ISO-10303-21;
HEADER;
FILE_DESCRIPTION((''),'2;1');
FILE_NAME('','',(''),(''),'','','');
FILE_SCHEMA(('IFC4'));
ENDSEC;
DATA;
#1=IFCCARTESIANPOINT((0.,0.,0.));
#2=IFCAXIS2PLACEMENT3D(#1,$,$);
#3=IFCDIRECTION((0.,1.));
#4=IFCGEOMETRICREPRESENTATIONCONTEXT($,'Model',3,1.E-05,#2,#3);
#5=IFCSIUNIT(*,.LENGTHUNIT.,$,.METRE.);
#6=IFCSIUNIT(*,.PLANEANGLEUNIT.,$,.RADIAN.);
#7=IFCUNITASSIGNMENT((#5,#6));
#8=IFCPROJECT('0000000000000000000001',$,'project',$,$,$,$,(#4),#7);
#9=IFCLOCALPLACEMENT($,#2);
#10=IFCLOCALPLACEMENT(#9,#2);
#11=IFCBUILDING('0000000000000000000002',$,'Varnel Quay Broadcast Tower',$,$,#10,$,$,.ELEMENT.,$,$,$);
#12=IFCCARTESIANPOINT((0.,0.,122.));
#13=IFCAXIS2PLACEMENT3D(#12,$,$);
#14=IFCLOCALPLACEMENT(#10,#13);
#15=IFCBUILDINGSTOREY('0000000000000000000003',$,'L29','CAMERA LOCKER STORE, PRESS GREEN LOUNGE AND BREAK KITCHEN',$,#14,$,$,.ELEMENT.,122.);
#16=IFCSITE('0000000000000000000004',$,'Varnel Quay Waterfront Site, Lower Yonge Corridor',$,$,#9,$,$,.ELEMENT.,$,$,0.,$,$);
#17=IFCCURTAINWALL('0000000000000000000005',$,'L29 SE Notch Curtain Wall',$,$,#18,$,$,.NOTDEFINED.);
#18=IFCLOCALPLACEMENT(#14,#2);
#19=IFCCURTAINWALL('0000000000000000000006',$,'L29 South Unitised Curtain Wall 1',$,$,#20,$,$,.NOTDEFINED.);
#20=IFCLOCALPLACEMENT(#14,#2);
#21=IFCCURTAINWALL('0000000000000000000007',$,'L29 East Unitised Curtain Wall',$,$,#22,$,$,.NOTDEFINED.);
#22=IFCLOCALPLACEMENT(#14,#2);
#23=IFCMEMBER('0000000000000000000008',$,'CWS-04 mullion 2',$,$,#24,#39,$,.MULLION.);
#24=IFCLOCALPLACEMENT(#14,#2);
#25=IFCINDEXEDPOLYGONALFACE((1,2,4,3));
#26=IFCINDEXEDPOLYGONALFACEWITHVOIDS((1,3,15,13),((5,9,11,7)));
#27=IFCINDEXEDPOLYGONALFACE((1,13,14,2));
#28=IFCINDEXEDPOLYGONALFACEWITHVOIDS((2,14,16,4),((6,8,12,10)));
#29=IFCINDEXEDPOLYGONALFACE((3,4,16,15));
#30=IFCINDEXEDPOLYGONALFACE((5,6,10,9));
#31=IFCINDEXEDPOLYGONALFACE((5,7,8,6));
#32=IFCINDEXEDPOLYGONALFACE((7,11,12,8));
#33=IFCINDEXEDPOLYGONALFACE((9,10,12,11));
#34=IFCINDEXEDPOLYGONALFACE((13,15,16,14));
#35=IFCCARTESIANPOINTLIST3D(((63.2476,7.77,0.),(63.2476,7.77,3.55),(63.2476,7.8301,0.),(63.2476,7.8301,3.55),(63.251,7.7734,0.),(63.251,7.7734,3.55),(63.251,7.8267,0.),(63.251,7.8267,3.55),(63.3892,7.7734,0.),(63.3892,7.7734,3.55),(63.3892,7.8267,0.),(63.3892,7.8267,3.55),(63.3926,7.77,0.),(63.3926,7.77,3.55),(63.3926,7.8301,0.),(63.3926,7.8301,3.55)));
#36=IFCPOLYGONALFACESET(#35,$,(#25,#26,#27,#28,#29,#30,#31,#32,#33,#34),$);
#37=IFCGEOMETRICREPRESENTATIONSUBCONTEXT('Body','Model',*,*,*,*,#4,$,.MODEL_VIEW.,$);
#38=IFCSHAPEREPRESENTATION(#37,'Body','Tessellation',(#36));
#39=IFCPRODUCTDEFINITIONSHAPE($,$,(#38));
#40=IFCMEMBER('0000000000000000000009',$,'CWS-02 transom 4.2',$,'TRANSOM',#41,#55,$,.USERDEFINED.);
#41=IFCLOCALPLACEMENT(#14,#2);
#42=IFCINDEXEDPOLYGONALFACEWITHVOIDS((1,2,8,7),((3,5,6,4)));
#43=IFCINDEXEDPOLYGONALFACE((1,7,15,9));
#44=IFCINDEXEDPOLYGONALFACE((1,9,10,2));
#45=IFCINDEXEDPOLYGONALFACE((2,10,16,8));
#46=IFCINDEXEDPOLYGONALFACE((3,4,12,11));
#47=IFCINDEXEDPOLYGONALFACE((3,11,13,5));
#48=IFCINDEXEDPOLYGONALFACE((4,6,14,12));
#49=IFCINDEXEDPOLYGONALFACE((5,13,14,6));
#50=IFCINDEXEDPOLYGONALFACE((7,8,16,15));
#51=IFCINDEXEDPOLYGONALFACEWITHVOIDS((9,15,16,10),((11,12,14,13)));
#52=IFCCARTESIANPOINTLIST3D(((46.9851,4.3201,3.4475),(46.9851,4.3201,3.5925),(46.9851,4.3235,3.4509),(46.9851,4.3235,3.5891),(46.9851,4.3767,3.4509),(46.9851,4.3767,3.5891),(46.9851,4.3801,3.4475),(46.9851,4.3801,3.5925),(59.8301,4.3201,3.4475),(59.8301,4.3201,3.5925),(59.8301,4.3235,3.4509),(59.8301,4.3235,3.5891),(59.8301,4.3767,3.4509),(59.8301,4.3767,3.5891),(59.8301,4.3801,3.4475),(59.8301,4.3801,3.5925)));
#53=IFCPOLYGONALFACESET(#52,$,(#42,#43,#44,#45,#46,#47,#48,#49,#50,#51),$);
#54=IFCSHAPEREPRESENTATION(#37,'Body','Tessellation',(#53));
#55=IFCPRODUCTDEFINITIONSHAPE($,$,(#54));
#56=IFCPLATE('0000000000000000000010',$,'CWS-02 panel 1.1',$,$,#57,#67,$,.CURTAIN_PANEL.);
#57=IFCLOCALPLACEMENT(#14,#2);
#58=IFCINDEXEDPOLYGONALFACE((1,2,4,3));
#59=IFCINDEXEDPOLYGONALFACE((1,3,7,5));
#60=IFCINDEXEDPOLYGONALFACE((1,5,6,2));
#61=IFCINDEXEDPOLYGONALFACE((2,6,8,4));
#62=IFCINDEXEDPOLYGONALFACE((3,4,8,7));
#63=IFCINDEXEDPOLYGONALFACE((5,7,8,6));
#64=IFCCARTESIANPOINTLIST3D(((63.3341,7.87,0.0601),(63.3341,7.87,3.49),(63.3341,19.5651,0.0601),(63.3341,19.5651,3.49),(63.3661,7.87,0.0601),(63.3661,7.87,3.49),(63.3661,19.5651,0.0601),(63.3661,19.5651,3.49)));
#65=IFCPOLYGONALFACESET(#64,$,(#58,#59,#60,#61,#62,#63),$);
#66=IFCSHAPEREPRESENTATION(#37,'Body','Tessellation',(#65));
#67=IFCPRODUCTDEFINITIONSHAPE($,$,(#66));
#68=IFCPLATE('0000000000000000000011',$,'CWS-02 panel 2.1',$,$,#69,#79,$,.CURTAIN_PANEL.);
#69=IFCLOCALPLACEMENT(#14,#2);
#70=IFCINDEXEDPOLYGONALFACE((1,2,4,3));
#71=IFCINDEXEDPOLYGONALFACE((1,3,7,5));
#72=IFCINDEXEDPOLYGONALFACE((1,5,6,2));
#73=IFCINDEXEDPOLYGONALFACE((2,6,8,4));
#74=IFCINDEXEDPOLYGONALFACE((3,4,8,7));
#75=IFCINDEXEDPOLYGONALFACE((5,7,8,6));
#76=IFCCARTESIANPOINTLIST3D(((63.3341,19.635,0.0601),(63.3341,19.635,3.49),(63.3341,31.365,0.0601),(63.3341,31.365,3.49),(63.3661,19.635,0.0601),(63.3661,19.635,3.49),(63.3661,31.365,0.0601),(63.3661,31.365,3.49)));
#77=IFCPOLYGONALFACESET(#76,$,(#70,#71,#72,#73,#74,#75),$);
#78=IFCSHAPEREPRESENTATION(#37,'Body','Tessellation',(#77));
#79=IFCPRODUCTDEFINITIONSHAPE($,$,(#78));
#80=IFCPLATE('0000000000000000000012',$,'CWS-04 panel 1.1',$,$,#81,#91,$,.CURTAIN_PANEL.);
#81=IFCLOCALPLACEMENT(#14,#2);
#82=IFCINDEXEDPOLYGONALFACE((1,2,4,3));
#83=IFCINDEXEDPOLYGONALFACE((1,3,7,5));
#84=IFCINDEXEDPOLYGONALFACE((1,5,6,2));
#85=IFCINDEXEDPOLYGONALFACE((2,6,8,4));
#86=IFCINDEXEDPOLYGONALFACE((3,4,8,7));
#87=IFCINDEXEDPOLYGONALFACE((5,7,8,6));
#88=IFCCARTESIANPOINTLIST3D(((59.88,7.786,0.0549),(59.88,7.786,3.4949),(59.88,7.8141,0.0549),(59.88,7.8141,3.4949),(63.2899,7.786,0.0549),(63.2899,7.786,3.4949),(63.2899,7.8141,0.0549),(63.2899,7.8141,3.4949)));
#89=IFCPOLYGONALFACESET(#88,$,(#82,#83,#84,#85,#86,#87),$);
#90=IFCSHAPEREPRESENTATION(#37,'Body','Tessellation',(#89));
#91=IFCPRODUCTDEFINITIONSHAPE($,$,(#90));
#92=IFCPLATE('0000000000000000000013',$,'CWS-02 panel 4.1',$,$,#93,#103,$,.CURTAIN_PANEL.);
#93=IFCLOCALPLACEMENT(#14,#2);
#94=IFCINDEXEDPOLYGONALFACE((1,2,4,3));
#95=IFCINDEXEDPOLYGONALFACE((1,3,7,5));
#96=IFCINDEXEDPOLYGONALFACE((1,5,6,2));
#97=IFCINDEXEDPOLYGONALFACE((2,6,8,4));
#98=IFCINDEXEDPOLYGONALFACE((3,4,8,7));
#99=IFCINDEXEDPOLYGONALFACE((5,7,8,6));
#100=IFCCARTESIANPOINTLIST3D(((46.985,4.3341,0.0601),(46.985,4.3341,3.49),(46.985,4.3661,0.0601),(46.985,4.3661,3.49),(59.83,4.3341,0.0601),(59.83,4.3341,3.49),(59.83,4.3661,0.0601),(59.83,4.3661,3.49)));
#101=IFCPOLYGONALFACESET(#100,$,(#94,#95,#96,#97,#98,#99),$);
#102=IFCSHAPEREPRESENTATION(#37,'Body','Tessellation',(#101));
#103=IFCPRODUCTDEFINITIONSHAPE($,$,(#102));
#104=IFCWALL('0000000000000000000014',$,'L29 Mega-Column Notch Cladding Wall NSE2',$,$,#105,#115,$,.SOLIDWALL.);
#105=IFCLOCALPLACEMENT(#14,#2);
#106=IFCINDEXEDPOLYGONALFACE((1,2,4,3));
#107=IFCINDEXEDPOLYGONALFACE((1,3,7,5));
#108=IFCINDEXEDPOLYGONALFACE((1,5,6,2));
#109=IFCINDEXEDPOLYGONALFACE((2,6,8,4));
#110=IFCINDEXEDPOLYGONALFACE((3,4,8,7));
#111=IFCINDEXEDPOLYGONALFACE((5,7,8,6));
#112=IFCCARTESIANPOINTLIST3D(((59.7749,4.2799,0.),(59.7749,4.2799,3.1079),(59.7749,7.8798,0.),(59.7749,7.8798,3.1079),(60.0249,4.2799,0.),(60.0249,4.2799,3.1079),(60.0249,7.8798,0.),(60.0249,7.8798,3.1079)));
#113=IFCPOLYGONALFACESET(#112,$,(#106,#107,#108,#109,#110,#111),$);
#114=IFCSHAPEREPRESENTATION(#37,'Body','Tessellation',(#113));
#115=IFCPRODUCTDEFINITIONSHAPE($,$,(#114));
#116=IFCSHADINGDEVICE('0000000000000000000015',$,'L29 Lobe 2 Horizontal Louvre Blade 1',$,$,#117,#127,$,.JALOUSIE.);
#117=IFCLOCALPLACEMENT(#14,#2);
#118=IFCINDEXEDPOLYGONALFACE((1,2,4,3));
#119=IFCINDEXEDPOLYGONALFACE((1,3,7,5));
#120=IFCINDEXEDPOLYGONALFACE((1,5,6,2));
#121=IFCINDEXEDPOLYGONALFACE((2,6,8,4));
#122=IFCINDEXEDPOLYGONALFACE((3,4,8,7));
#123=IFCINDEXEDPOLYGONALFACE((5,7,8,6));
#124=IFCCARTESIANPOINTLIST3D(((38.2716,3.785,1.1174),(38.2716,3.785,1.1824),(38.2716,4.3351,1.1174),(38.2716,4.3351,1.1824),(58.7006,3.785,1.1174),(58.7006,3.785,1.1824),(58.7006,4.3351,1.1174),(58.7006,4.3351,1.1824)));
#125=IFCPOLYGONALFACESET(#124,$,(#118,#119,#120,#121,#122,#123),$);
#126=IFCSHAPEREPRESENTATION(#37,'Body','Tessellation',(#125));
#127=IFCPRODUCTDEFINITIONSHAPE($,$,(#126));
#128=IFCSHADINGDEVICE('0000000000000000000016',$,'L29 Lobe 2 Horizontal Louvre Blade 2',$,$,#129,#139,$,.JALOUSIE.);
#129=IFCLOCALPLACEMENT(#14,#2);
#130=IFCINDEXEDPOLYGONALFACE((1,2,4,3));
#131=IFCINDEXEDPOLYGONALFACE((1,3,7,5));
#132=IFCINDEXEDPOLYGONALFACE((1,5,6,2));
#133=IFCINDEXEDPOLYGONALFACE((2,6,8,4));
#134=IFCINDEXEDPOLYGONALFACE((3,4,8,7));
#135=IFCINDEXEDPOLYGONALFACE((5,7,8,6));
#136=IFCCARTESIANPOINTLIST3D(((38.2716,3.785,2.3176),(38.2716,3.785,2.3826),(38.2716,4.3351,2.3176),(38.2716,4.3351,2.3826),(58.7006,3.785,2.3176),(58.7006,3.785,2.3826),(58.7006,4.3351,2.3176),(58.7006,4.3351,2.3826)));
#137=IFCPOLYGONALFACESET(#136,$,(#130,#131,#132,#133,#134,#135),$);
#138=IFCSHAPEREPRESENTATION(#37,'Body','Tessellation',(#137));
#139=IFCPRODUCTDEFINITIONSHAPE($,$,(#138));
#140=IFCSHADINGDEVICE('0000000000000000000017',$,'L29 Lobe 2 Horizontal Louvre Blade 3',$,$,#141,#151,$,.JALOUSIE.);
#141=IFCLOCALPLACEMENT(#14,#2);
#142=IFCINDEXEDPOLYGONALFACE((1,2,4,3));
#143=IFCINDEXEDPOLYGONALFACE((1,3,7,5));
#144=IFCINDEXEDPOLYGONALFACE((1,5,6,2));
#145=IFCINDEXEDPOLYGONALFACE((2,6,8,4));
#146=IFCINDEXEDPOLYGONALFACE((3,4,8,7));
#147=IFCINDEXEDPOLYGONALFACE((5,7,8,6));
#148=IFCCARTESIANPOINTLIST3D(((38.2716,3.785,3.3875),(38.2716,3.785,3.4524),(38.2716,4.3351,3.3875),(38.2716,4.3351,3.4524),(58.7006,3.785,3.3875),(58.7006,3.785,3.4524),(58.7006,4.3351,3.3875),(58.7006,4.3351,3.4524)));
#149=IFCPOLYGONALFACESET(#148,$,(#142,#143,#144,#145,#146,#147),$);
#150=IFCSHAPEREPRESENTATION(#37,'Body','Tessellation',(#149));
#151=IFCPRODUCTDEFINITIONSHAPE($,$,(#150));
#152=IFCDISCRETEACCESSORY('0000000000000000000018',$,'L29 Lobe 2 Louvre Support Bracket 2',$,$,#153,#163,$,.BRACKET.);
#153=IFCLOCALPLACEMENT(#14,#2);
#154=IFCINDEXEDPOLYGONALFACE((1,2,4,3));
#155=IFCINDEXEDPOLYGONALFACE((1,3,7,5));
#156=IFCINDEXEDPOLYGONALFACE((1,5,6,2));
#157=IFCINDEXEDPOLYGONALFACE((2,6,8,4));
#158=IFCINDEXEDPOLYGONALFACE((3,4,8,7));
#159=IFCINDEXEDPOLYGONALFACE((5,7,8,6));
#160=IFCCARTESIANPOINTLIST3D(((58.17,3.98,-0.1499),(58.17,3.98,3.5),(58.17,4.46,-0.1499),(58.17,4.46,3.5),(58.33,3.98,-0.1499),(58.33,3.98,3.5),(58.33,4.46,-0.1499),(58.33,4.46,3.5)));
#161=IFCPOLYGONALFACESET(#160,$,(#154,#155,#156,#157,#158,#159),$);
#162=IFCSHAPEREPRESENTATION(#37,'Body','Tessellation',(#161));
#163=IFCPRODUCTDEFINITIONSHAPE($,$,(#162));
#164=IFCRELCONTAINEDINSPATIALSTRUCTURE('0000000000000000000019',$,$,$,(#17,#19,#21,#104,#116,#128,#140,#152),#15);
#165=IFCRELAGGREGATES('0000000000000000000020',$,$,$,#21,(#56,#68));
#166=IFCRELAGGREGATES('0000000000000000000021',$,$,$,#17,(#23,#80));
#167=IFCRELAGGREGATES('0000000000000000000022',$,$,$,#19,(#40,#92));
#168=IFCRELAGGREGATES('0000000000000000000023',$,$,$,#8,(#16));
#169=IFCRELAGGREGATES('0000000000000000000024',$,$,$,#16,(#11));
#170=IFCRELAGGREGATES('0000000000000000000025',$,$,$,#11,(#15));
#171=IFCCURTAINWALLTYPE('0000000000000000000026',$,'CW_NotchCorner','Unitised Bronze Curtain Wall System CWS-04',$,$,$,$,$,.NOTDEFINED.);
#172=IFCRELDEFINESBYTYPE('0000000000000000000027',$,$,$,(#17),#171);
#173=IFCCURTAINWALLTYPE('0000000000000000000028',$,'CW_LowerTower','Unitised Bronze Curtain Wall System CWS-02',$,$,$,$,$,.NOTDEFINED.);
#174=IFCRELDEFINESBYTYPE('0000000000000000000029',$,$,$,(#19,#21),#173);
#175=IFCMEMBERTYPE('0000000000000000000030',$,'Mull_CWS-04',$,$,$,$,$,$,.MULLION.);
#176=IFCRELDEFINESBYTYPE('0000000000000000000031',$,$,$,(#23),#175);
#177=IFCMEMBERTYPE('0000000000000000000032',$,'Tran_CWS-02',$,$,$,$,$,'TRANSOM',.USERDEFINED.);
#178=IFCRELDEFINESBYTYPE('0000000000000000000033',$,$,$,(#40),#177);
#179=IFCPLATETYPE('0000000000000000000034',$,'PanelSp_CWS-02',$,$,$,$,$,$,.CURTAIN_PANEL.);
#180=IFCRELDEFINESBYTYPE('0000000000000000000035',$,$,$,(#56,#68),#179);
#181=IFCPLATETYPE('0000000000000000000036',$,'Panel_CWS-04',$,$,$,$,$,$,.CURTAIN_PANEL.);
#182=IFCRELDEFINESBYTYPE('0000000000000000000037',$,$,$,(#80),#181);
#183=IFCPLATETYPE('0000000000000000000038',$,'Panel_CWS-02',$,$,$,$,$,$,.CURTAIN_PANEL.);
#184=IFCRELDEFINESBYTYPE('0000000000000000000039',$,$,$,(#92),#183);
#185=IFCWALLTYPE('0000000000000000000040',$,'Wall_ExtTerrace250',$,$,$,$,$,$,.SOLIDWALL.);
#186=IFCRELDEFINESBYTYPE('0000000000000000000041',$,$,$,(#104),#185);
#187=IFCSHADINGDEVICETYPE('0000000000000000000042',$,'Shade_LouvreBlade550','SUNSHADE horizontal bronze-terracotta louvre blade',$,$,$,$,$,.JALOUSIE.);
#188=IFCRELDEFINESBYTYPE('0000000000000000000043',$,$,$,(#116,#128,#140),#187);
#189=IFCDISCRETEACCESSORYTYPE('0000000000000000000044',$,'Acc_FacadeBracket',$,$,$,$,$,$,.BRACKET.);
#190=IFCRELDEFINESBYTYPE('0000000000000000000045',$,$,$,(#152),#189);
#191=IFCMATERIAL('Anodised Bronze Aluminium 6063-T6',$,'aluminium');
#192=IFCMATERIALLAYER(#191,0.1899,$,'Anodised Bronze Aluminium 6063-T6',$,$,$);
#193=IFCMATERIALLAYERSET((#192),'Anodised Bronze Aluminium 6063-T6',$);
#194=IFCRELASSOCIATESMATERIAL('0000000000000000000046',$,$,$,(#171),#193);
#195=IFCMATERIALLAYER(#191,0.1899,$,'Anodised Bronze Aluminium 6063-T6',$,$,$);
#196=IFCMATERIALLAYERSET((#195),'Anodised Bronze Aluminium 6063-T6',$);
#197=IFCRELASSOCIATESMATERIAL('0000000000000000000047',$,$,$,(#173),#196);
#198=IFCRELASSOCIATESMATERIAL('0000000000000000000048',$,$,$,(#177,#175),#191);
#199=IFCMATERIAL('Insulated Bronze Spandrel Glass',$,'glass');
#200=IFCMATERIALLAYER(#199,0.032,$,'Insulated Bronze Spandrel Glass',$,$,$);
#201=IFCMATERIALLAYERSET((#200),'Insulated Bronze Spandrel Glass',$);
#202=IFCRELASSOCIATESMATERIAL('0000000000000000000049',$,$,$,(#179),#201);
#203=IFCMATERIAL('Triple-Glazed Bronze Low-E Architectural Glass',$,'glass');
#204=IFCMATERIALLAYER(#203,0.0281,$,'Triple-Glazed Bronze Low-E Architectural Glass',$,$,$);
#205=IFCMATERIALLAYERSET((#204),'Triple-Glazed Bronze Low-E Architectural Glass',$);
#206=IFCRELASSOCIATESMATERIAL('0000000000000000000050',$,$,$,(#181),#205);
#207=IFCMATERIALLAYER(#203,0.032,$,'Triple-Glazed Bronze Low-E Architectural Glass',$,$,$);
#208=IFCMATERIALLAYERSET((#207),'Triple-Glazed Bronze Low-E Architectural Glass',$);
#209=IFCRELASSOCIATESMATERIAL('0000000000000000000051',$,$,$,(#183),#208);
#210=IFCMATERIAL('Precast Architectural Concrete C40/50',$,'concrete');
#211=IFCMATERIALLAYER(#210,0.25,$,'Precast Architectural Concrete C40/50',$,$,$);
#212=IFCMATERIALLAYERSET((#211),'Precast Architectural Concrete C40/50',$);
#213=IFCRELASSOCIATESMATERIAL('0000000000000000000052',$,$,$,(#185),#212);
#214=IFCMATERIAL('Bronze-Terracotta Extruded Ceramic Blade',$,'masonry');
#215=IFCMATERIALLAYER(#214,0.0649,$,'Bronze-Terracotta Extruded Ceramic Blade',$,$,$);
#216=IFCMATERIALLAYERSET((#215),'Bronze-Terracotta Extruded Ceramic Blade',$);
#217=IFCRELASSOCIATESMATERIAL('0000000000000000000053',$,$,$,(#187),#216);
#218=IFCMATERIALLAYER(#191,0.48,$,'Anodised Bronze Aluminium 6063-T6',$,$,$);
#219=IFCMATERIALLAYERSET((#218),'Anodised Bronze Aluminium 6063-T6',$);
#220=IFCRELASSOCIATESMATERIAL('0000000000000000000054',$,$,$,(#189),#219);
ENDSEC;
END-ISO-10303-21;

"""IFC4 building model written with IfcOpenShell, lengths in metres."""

from ifc_helpers import new_model, si_unit, direction, frame, frame_2d, origin, origin_2d, place, context, subcontext, project, spatial, rectangle, hollow_rectangle, extrude, source, transform, mapped, material, layer, layer_set, material_profile, profile_set, type_object, type_shapes, element, aggregate, save


model = new_model("IFC4")

# Units and contexts
model_context = context("Model", 3, precision=1e-05, world=origin(), true_north=direction((0.0, 1.0)))
body_context = subcontext(model_context, "Body", "Model", "MODEL_VIEW")
ifc_project = project(units=[si_unit("LENGTHUNIT", "METRE"), si_unit("PLANEANGLEUNIT", "RADIAN")], contexts=[model_context])

# Site, building, storey
site_placement = place(None, origin())
site = spatial("IfcSite", under=ifc_project, at=site_placement, Name="Varnel Quay Waterfront Site, Lower Yonge Corridor", CompositionType="ELEMENT", RefElevation=0.0)
building_placement = place(site_placement, origin())
building = spatial("IfcBuilding", under=site, at=building_placement, Name="Varnel Quay Broadcast Tower", CompositionType="ELEMENT")
storey_placement = place(building_placement, frame((0.0, 0.0, 122.0)))
storey = spatial("IfcBuildingStorey", under=building, at=storey_placement, Name="L29", Description="CAMERA LOCKER STORE, PRESS GREEN LOUNGE AND BREAK KITCHEN", CompositionType="ELEMENT", Elevation=122.0)

# Curtain wall
ifc_material_1 = material(Name="Anodised Bronze Aluminium 6063-T6", Category="aluminium")
ifc_layer_1 = layer(ifc_material_1, 0.1899, Name="Anodised Bronze Aluminium 6063-T6")
ifc_layer_set_1 = layer_set([ifc_layer_1], Name="Anodised Bronze Aluminium 6063-T6")
curtain_wall_type_1 = type_object("IfcCurtainWallType", Name="CW_NotchCorner", Description="Unitised Bronze Curtain Wall System CWS-04", PredefinedType="NOTDEFINED", material=ifc_layer_set_1)
curtain_wall_1_placement = place(storey_placement, origin())
curtain_wall_1 = element("IfcCurtainWall", 1, at=curtain_wall_1_placement, inside=storey, type_object=curtain_wall_type_1, Name="L29 SE Notch Curtain Wall", PredefinedType="NOTDEFINED")

# Curtain wall
ifc_layer_2 = layer(ifc_material_1, 0.1899, Name="Anodised Bronze Aluminium 6063-T6")
ifc_layer_set_2 = layer_set([ifc_layer_2], Name="Anodised Bronze Aluminium 6063-T6")
curtain_wall_type_2 = type_object("IfcCurtainWallType", Name="CW_LowerTower", Description="Unitised Bronze Curtain Wall System CWS-02", PredefinedType="NOTDEFINED", material=ifc_layer_set_2)
curtain_wall_2_placement = place(storey_placement, origin())
curtain_wall_2 = element("IfcCurtainWall", 2, at=curtain_wall_2_placement, inside=storey, type_object=curtain_wall_type_2, Name="L29 South Unitised Curtain Wall 1", PredefinedType="NOTDEFINED")

# Curtain wall
curtain_wall_3_placement = place(storey_placement, origin())
curtain_wall_3 = element("IfcCurtainWall", 3, at=curtain_wall_3_placement, inside=storey, type_object=curtain_wall_type_2, Name="L29 East Unitised Curtain Wall", PredefinedType="NOTDEFINED")
ifc_material_profile_1 = material_profile(ifc_material_1, hollow_rectangle(XDim=0.0601, YDim=0.145, WallThickness=0.0034, at=origin_2d()), Name="ALU60X145X3.5")
ifc_profile_set_1 = profile_set([ifc_material_profile_1], Name="Anodised Bronze Aluminium 6063-T6")
member_type_1 = type_object("IfcMemberType", Name="Tran_CWS-02", ElementType="TRANSOM", PredefinedType="USERDEFINED", material=ifc_profile_set_1)

# Members
ifc_material_profile_2 = material_profile(ifc_material_1, hollow_rectangle(XDim=0.0601, YDim=0.145, WallThickness=0.0034, at=origin_2d()), Name="ALU60X145X3.5")
ifc_profile_set_2 = profile_set([ifc_material_profile_2], Name="Anodised Bronze Aluminium 6063-T6")
member_type_2 = type_object("IfcMemberType", Name="Mull_CWS-04", PredefinedType="MULLION", material=ifc_profile_set_2)
shared_shape_1 = source(origin(), body_context, "Body", "SweptSolid", [
    extrude(hollow_rectangle(XDim=0.0601, YDim=0.145, WallThickness=0.0034, at=origin_2d()), origin(), (0.0, 0.0, 1.0), 3.55),
])
type_shapes(member_type_2, [shared_shape_1])
member_1_placement = place(storey_placement, frame((63.3201, 7.8, 0.0), z_axis=(0.0, 0.0, 1.0), x_axis=(0.0, 1.0, 0.0)))
member_1 = element("IfcMember", 4, at=member_1_placement, type_object=member_type_2, Name="CWS-04 mullion 2", PredefinedType="MULLION", context=body_context, shape_type="MappedRepresentation", body=[
    mapped(shared_shape_1, transform((0.0, 0.0, 0.0), x_axis=(1.0, 0.0, 0.0), y_axis=(0.0, 1.0, 0.0), z_axis=(0.0, 0.0, 1.0), scale=1.0)),
])
shared_shape_2 = source(origin(), body_context, "Body", "SweptSolid", [
    extrude(hollow_rectangle(XDim=0.0601, YDim=0.145, WallThickness=0.0034, at=origin_2d()), origin(), (0.0, 0.0, 1.0), 12.845),
])
member_2_placement = place(storey_placement, frame((46.9851, 4.3501, 3.52), z_axis=(1.0, 0.0, 0.0), x_axis=(0.0, 1.0, 0.0)))
member_2 = element("IfcMember", 5, at=member_2_placement, type_object=member_type_1, Name="CWS-02 transom 4.2", ObjectType="TRANSOM", PredefinedType="USERDEFINED", context=body_context, shape_type="MappedRepresentation", body=[
    mapped(shared_shape_2, transform((0.0, 0.0, 0.0), x_axis=(1.0, 0.0, 0.0), y_axis=(0.0, 1.0, 0.0), z_axis=(0.0, 0.0, 1.0), scale=1.0)),
])

# Plates
ifc_material_2 = material(Name="Insulated Bronze Spandrel Glass", Category="glass")
ifc_layer_3 = layer(ifc_material_2, 0.032, Name="Insulated Bronze Spandrel Glass")
ifc_layer_set_3 = layer_set([ifc_layer_3], Name="Insulated Bronze Spandrel Glass")
plate_type_1 = type_object("IfcPlateType", Name="PanelSp_CWS-02", PredefinedType="CURTAIN_PANEL", material=ifc_layer_set_3)
shared_shape_3 = source(origin(), body_context, "Body", "SweptSolid", [
    extrude(rectangle(XDim=11.6951, YDim=0.032, at=origin_2d()), origin(), (0.0, 0.0, 1.0), 3.4299),
])
plate_1_placement = place(storey_placement, frame((63.3501, 13.7175, 0.0601), z_axis=(0.0, 0.0, 1.0), x_axis=(0.0, 1.0, 0.0)))
plate_1 = element("IfcPlate", 6, at=plate_1_placement, type_object=plate_type_1, Name="CWS-02 panel 1.1", PredefinedType="CURTAIN_PANEL", context=body_context, shape_type="MappedRepresentation", body=[
    mapped(shared_shape_3, transform((0.0, 0.0, 0.0), x_axis=(1.0, 0.0, 0.0), y_axis=(0.0, 1.0, 0.0), z_axis=(0.0, 0.0, 1.0), scale=1.0)),
])
shared_shape_4 = source(origin(), body_context, "Body", "SweptSolid", [
    extrude(rectangle(XDim=11.73, YDim=0.032, at=origin_2d()), origin(), (0.0, 0.0, 1.0), 3.4299),
])
type_shapes(plate_type_1, [shared_shape_3, shared_shape_4])
plate_2_placement = place(storey_placement, frame((63.3501, 25.5, 0.0601), z_axis=(0.0, 0.0, 1.0), x_axis=(0.0, 1.0, 0.0)))
plate_2 = element("IfcPlate", 7, at=plate_2_placement, type_object=plate_type_1, Name="CWS-02 panel 2.1", PredefinedType="CURTAIN_PANEL", context=body_context, shape_type="MappedRepresentation", body=[
    mapped(shared_shape_4, transform((0.0, 0.0, 0.0), x_axis=(1.0, 0.0, 0.0), y_axis=(0.0, 1.0, 0.0), z_axis=(0.0, 0.0, 1.0), scale=1.0)),
])
aggregate(curtain_wall_3, [plate_1, plate_2])
ifc_material_3 = material(Name="Triple-Glazed Bronze Low-E Architectural Glass", Category="glass")
ifc_layer_4 = layer(ifc_material_3, 0.0281, Name="Triple-Glazed Bronze Low-E Architectural Glass")
ifc_layer_set_4 = layer_set([ifc_layer_4], Name="Triple-Glazed Bronze Low-E Architectural Glass")
plate_type_2 = type_object("IfcPlateType", Name="Panel_CWS-04", PredefinedType="CURTAIN_PANEL", material=ifc_layer_set_4)
shared_shape_5 = source(origin(), body_context, "Body", "SweptSolid", [
    extrude(rectangle(XDim=3.4099, YDim=0.0281, at=origin_2d()), origin(), (0.0, 0.0, 1.0), 3.4399),
])
type_shapes(plate_type_2, [shared_shape_5])
plate_3_placement = place(storey_placement, frame((61.585, 7.8, 0.0549), z_axis=(0.0, 0.0, 1.0), x_axis=(1.0, 0.0, 0.0)))
plate_3 = element("IfcPlate", 8, at=plate_3_placement, type_object=plate_type_2, Name="CWS-04 panel 1.1", PredefinedType="CURTAIN_PANEL", context=body_context, shape_type="MappedRepresentation", body=[
    mapped(shared_shape_5, transform((0.0, 0.0, 0.0), x_axis=(1.0, 0.0, 0.0), y_axis=(0.0, 1.0, 0.0), z_axis=(0.0, 0.0, 1.0), scale=1.0)),
])
aggregate(curtain_wall_1, [member_1, plate_3])
ifc_layer_5 = layer(ifc_material_3, 0.032, Name="Triple-Glazed Bronze Low-E Architectural Glass")
ifc_layer_set_5 = layer_set([ifc_layer_5], Name="Triple-Glazed Bronze Low-E Architectural Glass")
plate_type_3 = type_object("IfcPlateType", Name="Panel_CWS-02", PredefinedType="CURTAIN_PANEL", material=ifc_layer_set_5)
shared_shape_6 = source(origin(), body_context, "Body", "SweptSolid", [
    extrude(rectangle(XDim=12.845, YDim=0.032, at=origin_2d()), origin(), (0.0, 0.0, 1.0), 3.4299),
])
type_shapes(plate_type_3, [shared_shape_6])
plate_4_placement = place(storey_placement, frame((53.4075, 4.3501, 0.0601), z_axis=(0.0, 0.0, 1.0), x_axis=(1.0, 0.0, 0.0)))
plate_4 = element("IfcPlate", 9, at=plate_4_placement, type_object=plate_type_3, Name="CWS-02 panel 4.1", PredefinedType="CURTAIN_PANEL", context=body_context, shape_type="MappedRepresentation", body=[
    mapped(shared_shape_6, transform((0.0, 0.0, 0.0), x_axis=(1.0, 0.0, 0.0), y_axis=(0.0, 1.0, 0.0), z_axis=(0.0, 0.0, 1.0), scale=1.0)),
])
aggregate(curtain_wall_2, [member_2, plate_4])

# Wall
ifc_material_4 = material(Name="Precast Architectural Concrete C40/50", Category="concrete")
ifc_layer_6 = layer(ifc_material_4, 0.25, Name="Precast Architectural Concrete C40/50")
ifc_layer_set_6 = layer_set([ifc_layer_6], Name="Precast Architectural Concrete C40/50")
wall_type = type_object("IfcWallType", Name="Wall_ExtTerrace250", PredefinedType="SOLIDWALL", material=ifc_layer_set_6)
wall_placement = place(storey_placement, frame((59.8999, 4.28, 0.0), z_axis=(0.0, 0.0, 1.0), x_axis=(0.0, 1.0, 0.0)))
element("IfcWall", 10, at=wall_placement, inside=storey, type_object=wall_type, Name="L29 Mega-Column Notch Cladding Wall NSE2", PredefinedType="SOLIDWALL", context=body_context, shape_type="SweptSolid", body=[
    extrude(rectangle(XDim=3.5999, YDim=0.25, at=frame_2d((1.7998, 0.0))), origin(), (0.0, 0.0, 1.0), 3.1079),
])

# Shading devices
ifc_material_5 = material(Name="Bronze-Terracotta Extruded Ceramic Blade", Category="masonry")
ifc_layer_7 = layer(ifc_material_5, 0.0649, Name="Bronze-Terracotta Extruded Ceramic Blade")
ifc_layer_set_7 = layer_set([ifc_layer_7], Name="Bronze-Terracotta Extruded Ceramic Blade")
shading_device_type = type_object("IfcShadingDeviceType", Name="Shade_LouvreBlade550", Description="SUNSHADE horizontal bronze-terracotta louvre blade", PredefinedType="JALOUSIE", material=ifc_layer_set_7)
shared_shape_7 = source(origin(), body_context, "Body", "SweptSolid", [
    extrude(rectangle(XDim=20.429, YDim=0.55, at=origin_2d()), origin(), (0.0, 0.0, 1.0), 0.0649),
])
type_shapes(shading_device_type, [shared_shape_7])
for number, where, z_axis, x_axis, name in (
    (11, (48.4861, 4.0601, 1.1174), (0.0, 0.0, 1.0), (1.0, 0.0, 0.0), "L29 Lobe 2 Horizontal Louvre Blade 1"),
    (12, (48.4861, 4.0601, 2.3176), (0.0, 0.0, 1.0), (1.0, 0.0, 0.0), "L29 Lobe 2 Horizontal Louvre Blade 2"),
    (13, (48.4861, 4.0601, 3.3875), (0.0, 0.0, 1.0), (1.0, 0.0, 0.0), "L29 Lobe 2 Horizontal Louvre Blade 3"),
):
    element("IfcShadingDevice", number, at=place(storey_placement, frame(where, z_axis=z_axis, x_axis=x_axis)), inside=storey, type_object=shading_device_type, Name=name, PredefinedType="JALOUSIE", context=body_context, shape_type="MappedRepresentation", body=[
        mapped(shared_shape_7, transform((0.0, 0.0, 0.0), x_axis=(1.0, 0.0, 0.0), y_axis=(0.0, 1.0, 0.0), z_axis=(0.0, 0.0, 1.0), scale=1.0)),
    ])

# Discrete accessory
ifc_layer_8 = layer(ifc_material_1, 0.48, Name="Anodised Bronze Aluminium 6063-T6")
ifc_layer_set_8 = layer_set([ifc_layer_8], Name="Anodised Bronze Aluminium 6063-T6")
discrete_accessory_type = type_object("IfcDiscreteAccessoryType", Name="Acc_FacadeBracket", PredefinedType="BRACKET", material=ifc_layer_set_8)
shared_shape_8 = source(origin(), body_context, "Body", "SweptSolid", [
    extrude(rectangle(XDim=0.1599, YDim=0.48, at=origin_2d()), origin(), (0.0, 0.0, 1.0), 3.6499),
])
type_shapes(discrete_accessory_type, [shared_shape_8])
discrete_accessory_placement = place(storey_placement, frame((58.25, 4.22, -0.1499), z_axis=(0.0, 0.0, 1.0), x_axis=(1.0, 0.0, 0.0)))
element("IfcDiscreteAccessory", 14, at=discrete_accessory_placement, inside=storey, type_object=discrete_accessory_type, Name="L29 Lobe 2 Louvre Support Bracket 2", PredefinedType="BRACKET", context=body_context, shape_type="MappedRepresentation", body=[
    mapped(shared_shape_8, transform((0.0, 0.0, 0.0), x_axis=(1.0, 0.0, 0.0), y_axis=(0.0, 1.0, 0.0), z_axis=(0.0, 0.0, 1.0), scale=1.0)),
])

save(model, "model.ifc")
